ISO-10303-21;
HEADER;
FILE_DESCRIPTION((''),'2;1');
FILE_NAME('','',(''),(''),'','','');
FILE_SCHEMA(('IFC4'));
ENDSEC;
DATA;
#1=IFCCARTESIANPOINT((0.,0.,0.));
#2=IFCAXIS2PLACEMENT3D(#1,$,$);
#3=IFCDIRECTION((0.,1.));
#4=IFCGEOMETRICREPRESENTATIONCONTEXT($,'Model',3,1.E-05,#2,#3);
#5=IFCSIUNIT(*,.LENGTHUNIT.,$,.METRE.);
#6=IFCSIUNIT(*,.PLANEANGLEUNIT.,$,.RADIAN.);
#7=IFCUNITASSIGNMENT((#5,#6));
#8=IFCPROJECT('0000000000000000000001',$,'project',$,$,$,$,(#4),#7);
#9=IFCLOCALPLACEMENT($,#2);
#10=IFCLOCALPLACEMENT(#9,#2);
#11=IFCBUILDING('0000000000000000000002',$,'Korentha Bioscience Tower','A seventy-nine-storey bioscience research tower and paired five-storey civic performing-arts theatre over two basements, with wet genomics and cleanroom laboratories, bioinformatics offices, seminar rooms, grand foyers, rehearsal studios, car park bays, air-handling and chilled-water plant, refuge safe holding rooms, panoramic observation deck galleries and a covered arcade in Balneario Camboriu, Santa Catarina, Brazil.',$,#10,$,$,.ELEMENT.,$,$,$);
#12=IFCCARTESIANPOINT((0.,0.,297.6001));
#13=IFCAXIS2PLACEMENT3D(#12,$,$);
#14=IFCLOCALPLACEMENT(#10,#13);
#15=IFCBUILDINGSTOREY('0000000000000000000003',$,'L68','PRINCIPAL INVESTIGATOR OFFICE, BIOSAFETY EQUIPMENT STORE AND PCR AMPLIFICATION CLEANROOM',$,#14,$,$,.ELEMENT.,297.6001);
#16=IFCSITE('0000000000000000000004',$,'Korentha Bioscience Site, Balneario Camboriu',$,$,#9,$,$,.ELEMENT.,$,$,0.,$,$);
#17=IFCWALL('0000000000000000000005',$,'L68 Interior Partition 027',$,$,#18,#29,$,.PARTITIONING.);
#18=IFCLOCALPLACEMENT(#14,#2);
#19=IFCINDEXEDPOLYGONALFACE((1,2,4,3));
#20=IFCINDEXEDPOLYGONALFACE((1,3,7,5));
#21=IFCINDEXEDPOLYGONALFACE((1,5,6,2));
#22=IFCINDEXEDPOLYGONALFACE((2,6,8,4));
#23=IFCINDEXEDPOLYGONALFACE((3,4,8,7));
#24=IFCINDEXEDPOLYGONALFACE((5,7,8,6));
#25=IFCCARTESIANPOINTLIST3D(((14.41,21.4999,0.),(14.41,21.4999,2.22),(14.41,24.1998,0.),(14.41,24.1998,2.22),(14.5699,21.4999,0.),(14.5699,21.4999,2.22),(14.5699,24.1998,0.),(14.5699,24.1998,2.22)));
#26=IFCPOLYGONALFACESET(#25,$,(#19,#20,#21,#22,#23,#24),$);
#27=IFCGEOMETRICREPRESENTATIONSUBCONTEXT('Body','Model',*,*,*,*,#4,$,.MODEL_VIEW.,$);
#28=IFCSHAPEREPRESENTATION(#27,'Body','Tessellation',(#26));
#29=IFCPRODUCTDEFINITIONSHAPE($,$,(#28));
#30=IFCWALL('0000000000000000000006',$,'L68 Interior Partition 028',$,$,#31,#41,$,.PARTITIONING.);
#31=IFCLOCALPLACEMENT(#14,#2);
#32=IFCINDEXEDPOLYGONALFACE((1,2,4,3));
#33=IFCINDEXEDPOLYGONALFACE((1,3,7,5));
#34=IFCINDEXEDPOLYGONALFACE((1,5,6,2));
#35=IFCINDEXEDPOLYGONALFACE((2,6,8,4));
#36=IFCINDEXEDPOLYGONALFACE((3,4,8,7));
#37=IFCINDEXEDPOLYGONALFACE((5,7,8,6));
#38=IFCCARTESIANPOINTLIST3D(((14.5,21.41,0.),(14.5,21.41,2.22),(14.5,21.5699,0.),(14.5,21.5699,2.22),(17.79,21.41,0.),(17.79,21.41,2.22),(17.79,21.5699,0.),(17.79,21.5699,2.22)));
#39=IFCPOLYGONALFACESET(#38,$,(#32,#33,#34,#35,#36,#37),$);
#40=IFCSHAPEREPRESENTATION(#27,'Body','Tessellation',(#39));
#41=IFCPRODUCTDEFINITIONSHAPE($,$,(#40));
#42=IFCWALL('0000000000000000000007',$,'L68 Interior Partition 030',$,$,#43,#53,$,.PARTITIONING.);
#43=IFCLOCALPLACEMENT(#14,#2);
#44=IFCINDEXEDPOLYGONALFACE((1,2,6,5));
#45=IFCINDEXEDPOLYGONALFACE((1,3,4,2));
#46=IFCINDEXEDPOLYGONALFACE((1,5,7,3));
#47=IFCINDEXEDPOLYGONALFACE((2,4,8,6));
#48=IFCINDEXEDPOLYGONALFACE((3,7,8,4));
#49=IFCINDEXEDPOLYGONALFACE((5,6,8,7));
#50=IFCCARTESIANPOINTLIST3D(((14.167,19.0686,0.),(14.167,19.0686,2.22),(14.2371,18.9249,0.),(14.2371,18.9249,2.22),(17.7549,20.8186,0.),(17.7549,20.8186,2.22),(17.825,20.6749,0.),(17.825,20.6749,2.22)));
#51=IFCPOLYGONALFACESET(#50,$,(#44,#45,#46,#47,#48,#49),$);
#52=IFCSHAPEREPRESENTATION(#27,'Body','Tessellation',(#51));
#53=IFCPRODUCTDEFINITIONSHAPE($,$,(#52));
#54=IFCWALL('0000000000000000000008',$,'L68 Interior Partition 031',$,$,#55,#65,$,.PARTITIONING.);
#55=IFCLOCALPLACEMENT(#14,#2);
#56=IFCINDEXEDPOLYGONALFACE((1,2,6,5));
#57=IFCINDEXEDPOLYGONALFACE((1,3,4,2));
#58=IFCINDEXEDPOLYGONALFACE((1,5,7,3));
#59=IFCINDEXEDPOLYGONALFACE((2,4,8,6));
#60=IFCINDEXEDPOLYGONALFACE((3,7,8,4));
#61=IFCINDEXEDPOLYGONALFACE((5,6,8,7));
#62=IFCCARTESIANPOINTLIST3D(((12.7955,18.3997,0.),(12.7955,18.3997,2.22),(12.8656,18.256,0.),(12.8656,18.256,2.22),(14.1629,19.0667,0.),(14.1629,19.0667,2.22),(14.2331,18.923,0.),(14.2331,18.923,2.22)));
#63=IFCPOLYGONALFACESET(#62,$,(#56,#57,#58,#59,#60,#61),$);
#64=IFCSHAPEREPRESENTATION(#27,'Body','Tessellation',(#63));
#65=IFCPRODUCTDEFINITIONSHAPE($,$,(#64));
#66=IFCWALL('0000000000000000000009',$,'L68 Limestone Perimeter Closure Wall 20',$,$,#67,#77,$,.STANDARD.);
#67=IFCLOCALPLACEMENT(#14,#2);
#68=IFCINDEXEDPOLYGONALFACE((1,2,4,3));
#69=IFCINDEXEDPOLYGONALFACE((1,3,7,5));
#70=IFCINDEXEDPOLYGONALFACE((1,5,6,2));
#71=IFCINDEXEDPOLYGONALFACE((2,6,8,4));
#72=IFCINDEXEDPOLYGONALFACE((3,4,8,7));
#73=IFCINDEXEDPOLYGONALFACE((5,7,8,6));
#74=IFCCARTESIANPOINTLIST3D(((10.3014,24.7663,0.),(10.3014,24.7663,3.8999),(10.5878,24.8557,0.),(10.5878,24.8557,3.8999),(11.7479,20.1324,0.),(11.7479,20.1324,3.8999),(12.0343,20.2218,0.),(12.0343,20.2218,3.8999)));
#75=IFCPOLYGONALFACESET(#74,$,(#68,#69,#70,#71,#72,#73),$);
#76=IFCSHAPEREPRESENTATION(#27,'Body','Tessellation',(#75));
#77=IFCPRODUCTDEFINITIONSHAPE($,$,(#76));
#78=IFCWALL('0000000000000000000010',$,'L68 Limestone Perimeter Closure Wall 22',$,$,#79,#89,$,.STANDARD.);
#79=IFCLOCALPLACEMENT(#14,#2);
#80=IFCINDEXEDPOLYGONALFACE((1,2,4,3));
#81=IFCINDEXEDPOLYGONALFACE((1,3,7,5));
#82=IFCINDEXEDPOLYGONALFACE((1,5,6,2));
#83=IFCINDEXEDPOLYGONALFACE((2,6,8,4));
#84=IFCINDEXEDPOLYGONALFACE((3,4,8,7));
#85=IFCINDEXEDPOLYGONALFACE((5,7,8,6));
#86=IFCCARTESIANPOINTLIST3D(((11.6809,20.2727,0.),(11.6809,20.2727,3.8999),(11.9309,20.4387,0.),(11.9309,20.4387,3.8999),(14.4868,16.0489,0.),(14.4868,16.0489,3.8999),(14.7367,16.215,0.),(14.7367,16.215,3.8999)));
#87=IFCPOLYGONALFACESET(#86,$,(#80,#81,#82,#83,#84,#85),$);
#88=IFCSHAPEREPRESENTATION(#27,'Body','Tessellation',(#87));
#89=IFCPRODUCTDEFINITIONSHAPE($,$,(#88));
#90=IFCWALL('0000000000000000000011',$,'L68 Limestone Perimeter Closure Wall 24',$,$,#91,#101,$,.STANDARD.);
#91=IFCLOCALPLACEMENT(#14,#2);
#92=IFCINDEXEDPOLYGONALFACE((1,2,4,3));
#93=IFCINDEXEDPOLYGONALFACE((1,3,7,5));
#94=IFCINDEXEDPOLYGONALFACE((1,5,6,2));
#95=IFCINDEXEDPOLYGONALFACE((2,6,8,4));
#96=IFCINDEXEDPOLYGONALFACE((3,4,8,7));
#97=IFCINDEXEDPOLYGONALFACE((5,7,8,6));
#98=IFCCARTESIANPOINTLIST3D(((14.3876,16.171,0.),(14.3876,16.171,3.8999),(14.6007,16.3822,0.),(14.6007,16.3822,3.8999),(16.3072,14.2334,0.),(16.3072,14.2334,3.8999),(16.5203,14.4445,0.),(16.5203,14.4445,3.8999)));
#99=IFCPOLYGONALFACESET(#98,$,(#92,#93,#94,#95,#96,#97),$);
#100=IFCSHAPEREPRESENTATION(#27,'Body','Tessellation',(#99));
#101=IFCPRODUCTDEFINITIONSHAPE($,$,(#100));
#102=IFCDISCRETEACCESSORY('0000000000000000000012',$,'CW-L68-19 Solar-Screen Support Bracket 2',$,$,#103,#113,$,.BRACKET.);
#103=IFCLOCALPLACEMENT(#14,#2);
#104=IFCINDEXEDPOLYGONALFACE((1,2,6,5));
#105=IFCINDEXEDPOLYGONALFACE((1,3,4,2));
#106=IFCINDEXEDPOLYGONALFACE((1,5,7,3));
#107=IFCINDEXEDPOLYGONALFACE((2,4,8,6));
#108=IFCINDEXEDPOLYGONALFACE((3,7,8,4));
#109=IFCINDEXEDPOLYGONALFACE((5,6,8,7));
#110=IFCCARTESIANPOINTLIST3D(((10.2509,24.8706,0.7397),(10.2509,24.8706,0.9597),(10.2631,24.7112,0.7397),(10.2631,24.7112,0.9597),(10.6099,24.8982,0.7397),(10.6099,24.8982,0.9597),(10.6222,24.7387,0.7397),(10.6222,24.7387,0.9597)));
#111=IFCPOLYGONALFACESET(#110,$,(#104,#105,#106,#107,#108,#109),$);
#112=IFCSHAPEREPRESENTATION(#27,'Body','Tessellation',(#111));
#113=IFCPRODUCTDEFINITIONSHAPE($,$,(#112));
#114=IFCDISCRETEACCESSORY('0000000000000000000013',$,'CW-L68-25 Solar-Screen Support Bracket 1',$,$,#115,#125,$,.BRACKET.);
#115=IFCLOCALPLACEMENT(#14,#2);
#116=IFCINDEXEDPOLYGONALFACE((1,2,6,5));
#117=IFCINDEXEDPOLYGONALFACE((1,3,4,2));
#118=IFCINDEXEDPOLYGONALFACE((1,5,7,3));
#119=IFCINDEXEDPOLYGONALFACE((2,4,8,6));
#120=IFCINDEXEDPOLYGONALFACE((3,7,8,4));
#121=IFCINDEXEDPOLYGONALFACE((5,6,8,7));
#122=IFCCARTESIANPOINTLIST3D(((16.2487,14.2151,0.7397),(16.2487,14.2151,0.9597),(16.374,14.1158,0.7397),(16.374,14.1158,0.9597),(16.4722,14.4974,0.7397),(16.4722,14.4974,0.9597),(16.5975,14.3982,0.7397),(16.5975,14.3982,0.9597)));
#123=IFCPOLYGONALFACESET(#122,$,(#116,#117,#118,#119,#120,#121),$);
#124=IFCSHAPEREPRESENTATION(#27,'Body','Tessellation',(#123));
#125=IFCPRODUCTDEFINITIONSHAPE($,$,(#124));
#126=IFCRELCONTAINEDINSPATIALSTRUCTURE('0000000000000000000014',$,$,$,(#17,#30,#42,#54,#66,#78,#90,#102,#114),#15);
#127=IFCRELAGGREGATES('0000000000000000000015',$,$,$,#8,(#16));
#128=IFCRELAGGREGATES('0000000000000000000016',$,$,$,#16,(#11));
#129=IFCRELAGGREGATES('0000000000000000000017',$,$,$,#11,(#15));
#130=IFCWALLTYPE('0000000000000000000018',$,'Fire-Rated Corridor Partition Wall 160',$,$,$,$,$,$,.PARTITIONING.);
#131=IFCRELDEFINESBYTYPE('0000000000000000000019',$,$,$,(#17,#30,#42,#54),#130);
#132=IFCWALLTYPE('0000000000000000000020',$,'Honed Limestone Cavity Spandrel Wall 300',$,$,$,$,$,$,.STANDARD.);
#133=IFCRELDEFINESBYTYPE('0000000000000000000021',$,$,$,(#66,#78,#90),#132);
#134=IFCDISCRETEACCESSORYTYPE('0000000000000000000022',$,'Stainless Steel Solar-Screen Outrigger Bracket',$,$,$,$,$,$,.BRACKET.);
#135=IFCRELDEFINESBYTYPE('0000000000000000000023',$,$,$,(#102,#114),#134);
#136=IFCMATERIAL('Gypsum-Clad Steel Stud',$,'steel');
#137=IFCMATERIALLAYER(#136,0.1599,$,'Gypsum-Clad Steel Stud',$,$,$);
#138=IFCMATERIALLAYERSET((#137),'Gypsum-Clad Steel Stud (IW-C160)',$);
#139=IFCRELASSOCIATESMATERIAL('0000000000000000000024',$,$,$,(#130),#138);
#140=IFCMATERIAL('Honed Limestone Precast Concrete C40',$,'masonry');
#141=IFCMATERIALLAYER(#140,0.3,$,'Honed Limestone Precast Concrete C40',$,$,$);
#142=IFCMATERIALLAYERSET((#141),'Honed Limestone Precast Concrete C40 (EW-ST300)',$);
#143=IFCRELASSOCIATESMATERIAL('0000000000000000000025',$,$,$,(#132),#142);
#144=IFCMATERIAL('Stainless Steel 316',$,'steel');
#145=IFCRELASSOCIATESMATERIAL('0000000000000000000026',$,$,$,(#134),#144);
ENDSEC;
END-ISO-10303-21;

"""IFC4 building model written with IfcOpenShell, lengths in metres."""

from ifc_helpers import new_model, si_unit, direction, frame, frame_2d, origin, origin_2d, place, context, subcontext, project, spatial, rectangle, extrude, material, layer, layer_set, type_object, element, save


model = new_model("IFC4")

# Units and contexts
model_context = context("Model", 3, precision=1e-05, world=origin(), true_north=direction((0.0, 1.0)))
body_context = subcontext(model_context, "Body", "Model", "MODEL_VIEW")
ifc_project = project(units=[si_unit("LENGTHUNIT", "METRE"), si_unit("PLANEANGLEUNIT", "RADIAN")], contexts=[model_context])

# Site, building, storey
site_placement = place(None, origin())
site = spatial("IfcSite", under=ifc_project, at=site_placement, Name="Korentha Bioscience Site, Balneario Camboriu", CompositionType="ELEMENT", RefElevation=0.0)
building_placement = place(site_placement, origin())
building = spatial("IfcBuilding", under=site, at=building_placement, Name="Korentha Bioscience Tower", Description="A seventy-nine-storey bioscience research tower and paired five-storey civic performing-arts theatre over two basements, with wet genomics and cleanroom laboratories, bioinformatics offices, seminar rooms, grand foyers, rehearsal studios, car park bays, air-handling and chilled-water plant, refuge safe holding rooms, panoramic observation deck galleries and a covered arcade in Balneario Camboriu, Santa Catarina, Brazil.", CompositionType="ELEMENT")
storey_placement = place(building_placement, frame((0.0, 0.0, 297.6001)))
storey = spatial("IfcBuildingStorey", under=building, at=storey_placement, Name="L68", Description="PRINCIPAL INVESTIGATOR OFFICE, BIOSAFETY EQUIPMENT STORE AND PCR AMPLIFICATION CLEANROOM", CompositionType="ELEMENT", Elevation=297.6001)

# Walls
ifc_material_1 = material(Name="Gypsum-Clad Steel Stud", Category="steel")
ifc_layer_1 = layer(ifc_material_1, 0.1599, Name="Gypsum-Clad Steel Stud")
ifc_layer_set_1 = layer_set([ifc_layer_1], Name="Gypsum-Clad Steel Stud (IW-C160)")
wall_type_1 = type_object("IfcWallType", Name="Fire-Rated Corridor Partition Wall 160", PredefinedType="PARTITIONING", material=ifc_layer_set_1)
wall_1_placement = place(storey_placement, frame((14.49, 24.2, 0.0), z_axis=(0.0, 0.0, 1.0), x_axis=(0.0, -1.0, 0.0)))
element("IfcWall", 1, at=wall_1_placement, inside=storey, type_object=wall_type_1, Name="L68 Interior Partition 027", PredefinedType="PARTITIONING", context=body_context, shape_type="SweptSolid", body=[
    extrude(rectangle(XDim=2.7, YDim=0.1599, at=frame_2d((1.3501, 0.0))), origin(), (0.0, 0.0, 1.0), 2.22),
])
wall_2_placement = place(storey_placement, frame((14.5, 21.49, 0.0), z_axis=(0.0, 0.0, 1.0), x_axis=(1.0, 0.0, 0.0)))
element("IfcWall", 2, at=wall_2_placement, inside=storey, type_object=wall_type_1, Name="L68 Interior Partition 028", PredefinedType="PARTITIONING", context=body_context, shape_type="SweptSolid", body=[
    extrude(rectangle(XDim=3.29, YDim=0.1599, at=frame_2d((1.645, 0.0))), origin(), (0.0, 0.0, 1.0), 2.22),
])
wall_3_placement = place(storey_placement, frame((17.79, 20.7468, 0.0), z_axis=(0.0, 0.0, 1.0), x_axis=(-0.898787, -0.438385, 0.0)))
element("IfcWall", 3, at=wall_3_placement, inside=storey, type_object=wall_type_1, Name="L68 Interior Partition 030", PredefinedType="PARTITIONING", context=body_context, shape_type="SweptSolid", body=[
    extrude(rectangle(XDim=3.9919, YDim=0.1599, at=frame_2d((1.9961, 0.0))), origin(), (0.0, 0.0, 1.0), 2.22),
])
wall_4_placement = place(storey_placement, frame((14.198, 18.9949, 0.0), z_axis=(0.0, 0.0, 1.0), x_axis=(-0.898781, -0.438398, 0.0)))
element("IfcWall", 4, at=wall_4_placement, inside=storey, type_object=wall_type_1, Name="L68 Interior Partition 031", PredefinedType="PARTITIONING", context=body_context, shape_type="SweptSolid", body=[
    extrude(rectangle(XDim=1.5215, YDim=0.1599, at=frame_2d((0.7607, 0.0))), origin(), (0.0, 0.0, 1.0), 2.22),
])
ifc_material_2 = material(Name="Honed Limestone Precast Concrete C40", Category="masonry")
ifc_layer_2 = layer(ifc_material_2, 0.3, Name="Honed Limestone Precast Concrete C40")
ifc_layer_set_2 = layer_set([ifc_layer_2], Name="Honed Limestone Precast Concrete C40 (EW-ST300)")
wall_type_2 = type_object("IfcWallType", Name="Honed Limestone Cavity Spandrel Wall 300", PredefinedType="STANDARD", material=ifc_layer_set_2)
wall_5_placement = place(storey_placement, frame((10.4446, 24.811, 0.0), z_axis=(0.0, 0.0, 1.0), x_axis=(0.297974, -0.954574, 0.0)))
element("IfcWall", 5, at=wall_5_placement, inside=storey, type_object=wall_type_2, Name="L68 Limestone Perimeter Closure Wall 20", PredefinedType="STANDARD", context=body_context, shape_type="SweptSolid", body=[
    extrude(rectangle(XDim=4.8545, YDim=0.3, at=frame_2d((2.4272, 0.0))), origin(), (0.0, 0.0, 1.0), 3.8999),
])
wall_6_placement = place(storey_placement, frame((11.8059, 20.3557, 0.0), z_axis=(0.0, 0.0, 1.0), x_axis=(0.553333, -0.83296, 0.0)))
element("IfcWall", 6, at=wall_6_placement, inside=storey, type_object=wall_type_2, Name="L68 Limestone Perimeter Closure Wall 22", PredefinedType="STANDARD", context=body_context, shape_type="SweptSolid", body=[
    extrude(rectangle(XDim=5.0708, YDim=0.3, at=frame_2d((2.5354, 0.0))), origin(), (0.0, 0.0, 1.0), 3.8999),
])
wall_7_placement = place(storey_placement, frame((14.4941, 16.2766, 0.0), z_axis=(0.0, 0.0, 1.0), x_axis=(0.703787, -0.710411, 0.0)))
element("IfcWall", 7, at=wall_7_placement, inside=storey, type_object=wall_type_2, Name="L68 Limestone Perimeter Closure Wall 24", PredefinedType="STANDARD", context=body_context, shape_type="SweptSolid", body=[
    extrude(rectangle(XDim=2.7275, YDim=0.3, at=frame_2d((1.3638, 0.0))), origin(), (0.0, 0.0, 1.0), 3.8999),
])

# Discrete accessories
ifc_material_3 = material(Name="Stainless Steel 316", Category="steel")
discrete_accessory_type = type_object("IfcDiscreteAccessoryType", Name="Stainless Steel Solar-Screen Outrigger Bracket", PredefinedType="BRACKET", material=ifc_material_3)
for number, where, z_axis, x_axis, name in (
    (8, (10.4365, 24.8047, 0.7397), (0.0, 0.0, 1.0), (0.076447, -0.997074, 0.0), "CW-L68-19 Solar-Screen Support Bracket 2"),
    (9, (16.4231, 14.3066, 0.7397), (0.0, 0.0, 1.0), (0.784076, -0.620665, 0.0), "CW-L68-25 Solar-Screen Support Bracket 1"),
):
    element("IfcDiscreteAccessory", number, at=place(storey_placement, frame(where, z_axis=z_axis, x_axis=x_axis)), inside=storey, type_object=discrete_accessory_type, Name=name, PredefinedType="BRACKET", context=body_context, shape_type="SweptSolid", body=[
        extrude(rectangle(XDim=0.1599, YDim=0.3601, at=origin_2d()), origin(), (0.0, 0.0, 1.0), 0.22),
    ])

save(model, "model.ifc")
